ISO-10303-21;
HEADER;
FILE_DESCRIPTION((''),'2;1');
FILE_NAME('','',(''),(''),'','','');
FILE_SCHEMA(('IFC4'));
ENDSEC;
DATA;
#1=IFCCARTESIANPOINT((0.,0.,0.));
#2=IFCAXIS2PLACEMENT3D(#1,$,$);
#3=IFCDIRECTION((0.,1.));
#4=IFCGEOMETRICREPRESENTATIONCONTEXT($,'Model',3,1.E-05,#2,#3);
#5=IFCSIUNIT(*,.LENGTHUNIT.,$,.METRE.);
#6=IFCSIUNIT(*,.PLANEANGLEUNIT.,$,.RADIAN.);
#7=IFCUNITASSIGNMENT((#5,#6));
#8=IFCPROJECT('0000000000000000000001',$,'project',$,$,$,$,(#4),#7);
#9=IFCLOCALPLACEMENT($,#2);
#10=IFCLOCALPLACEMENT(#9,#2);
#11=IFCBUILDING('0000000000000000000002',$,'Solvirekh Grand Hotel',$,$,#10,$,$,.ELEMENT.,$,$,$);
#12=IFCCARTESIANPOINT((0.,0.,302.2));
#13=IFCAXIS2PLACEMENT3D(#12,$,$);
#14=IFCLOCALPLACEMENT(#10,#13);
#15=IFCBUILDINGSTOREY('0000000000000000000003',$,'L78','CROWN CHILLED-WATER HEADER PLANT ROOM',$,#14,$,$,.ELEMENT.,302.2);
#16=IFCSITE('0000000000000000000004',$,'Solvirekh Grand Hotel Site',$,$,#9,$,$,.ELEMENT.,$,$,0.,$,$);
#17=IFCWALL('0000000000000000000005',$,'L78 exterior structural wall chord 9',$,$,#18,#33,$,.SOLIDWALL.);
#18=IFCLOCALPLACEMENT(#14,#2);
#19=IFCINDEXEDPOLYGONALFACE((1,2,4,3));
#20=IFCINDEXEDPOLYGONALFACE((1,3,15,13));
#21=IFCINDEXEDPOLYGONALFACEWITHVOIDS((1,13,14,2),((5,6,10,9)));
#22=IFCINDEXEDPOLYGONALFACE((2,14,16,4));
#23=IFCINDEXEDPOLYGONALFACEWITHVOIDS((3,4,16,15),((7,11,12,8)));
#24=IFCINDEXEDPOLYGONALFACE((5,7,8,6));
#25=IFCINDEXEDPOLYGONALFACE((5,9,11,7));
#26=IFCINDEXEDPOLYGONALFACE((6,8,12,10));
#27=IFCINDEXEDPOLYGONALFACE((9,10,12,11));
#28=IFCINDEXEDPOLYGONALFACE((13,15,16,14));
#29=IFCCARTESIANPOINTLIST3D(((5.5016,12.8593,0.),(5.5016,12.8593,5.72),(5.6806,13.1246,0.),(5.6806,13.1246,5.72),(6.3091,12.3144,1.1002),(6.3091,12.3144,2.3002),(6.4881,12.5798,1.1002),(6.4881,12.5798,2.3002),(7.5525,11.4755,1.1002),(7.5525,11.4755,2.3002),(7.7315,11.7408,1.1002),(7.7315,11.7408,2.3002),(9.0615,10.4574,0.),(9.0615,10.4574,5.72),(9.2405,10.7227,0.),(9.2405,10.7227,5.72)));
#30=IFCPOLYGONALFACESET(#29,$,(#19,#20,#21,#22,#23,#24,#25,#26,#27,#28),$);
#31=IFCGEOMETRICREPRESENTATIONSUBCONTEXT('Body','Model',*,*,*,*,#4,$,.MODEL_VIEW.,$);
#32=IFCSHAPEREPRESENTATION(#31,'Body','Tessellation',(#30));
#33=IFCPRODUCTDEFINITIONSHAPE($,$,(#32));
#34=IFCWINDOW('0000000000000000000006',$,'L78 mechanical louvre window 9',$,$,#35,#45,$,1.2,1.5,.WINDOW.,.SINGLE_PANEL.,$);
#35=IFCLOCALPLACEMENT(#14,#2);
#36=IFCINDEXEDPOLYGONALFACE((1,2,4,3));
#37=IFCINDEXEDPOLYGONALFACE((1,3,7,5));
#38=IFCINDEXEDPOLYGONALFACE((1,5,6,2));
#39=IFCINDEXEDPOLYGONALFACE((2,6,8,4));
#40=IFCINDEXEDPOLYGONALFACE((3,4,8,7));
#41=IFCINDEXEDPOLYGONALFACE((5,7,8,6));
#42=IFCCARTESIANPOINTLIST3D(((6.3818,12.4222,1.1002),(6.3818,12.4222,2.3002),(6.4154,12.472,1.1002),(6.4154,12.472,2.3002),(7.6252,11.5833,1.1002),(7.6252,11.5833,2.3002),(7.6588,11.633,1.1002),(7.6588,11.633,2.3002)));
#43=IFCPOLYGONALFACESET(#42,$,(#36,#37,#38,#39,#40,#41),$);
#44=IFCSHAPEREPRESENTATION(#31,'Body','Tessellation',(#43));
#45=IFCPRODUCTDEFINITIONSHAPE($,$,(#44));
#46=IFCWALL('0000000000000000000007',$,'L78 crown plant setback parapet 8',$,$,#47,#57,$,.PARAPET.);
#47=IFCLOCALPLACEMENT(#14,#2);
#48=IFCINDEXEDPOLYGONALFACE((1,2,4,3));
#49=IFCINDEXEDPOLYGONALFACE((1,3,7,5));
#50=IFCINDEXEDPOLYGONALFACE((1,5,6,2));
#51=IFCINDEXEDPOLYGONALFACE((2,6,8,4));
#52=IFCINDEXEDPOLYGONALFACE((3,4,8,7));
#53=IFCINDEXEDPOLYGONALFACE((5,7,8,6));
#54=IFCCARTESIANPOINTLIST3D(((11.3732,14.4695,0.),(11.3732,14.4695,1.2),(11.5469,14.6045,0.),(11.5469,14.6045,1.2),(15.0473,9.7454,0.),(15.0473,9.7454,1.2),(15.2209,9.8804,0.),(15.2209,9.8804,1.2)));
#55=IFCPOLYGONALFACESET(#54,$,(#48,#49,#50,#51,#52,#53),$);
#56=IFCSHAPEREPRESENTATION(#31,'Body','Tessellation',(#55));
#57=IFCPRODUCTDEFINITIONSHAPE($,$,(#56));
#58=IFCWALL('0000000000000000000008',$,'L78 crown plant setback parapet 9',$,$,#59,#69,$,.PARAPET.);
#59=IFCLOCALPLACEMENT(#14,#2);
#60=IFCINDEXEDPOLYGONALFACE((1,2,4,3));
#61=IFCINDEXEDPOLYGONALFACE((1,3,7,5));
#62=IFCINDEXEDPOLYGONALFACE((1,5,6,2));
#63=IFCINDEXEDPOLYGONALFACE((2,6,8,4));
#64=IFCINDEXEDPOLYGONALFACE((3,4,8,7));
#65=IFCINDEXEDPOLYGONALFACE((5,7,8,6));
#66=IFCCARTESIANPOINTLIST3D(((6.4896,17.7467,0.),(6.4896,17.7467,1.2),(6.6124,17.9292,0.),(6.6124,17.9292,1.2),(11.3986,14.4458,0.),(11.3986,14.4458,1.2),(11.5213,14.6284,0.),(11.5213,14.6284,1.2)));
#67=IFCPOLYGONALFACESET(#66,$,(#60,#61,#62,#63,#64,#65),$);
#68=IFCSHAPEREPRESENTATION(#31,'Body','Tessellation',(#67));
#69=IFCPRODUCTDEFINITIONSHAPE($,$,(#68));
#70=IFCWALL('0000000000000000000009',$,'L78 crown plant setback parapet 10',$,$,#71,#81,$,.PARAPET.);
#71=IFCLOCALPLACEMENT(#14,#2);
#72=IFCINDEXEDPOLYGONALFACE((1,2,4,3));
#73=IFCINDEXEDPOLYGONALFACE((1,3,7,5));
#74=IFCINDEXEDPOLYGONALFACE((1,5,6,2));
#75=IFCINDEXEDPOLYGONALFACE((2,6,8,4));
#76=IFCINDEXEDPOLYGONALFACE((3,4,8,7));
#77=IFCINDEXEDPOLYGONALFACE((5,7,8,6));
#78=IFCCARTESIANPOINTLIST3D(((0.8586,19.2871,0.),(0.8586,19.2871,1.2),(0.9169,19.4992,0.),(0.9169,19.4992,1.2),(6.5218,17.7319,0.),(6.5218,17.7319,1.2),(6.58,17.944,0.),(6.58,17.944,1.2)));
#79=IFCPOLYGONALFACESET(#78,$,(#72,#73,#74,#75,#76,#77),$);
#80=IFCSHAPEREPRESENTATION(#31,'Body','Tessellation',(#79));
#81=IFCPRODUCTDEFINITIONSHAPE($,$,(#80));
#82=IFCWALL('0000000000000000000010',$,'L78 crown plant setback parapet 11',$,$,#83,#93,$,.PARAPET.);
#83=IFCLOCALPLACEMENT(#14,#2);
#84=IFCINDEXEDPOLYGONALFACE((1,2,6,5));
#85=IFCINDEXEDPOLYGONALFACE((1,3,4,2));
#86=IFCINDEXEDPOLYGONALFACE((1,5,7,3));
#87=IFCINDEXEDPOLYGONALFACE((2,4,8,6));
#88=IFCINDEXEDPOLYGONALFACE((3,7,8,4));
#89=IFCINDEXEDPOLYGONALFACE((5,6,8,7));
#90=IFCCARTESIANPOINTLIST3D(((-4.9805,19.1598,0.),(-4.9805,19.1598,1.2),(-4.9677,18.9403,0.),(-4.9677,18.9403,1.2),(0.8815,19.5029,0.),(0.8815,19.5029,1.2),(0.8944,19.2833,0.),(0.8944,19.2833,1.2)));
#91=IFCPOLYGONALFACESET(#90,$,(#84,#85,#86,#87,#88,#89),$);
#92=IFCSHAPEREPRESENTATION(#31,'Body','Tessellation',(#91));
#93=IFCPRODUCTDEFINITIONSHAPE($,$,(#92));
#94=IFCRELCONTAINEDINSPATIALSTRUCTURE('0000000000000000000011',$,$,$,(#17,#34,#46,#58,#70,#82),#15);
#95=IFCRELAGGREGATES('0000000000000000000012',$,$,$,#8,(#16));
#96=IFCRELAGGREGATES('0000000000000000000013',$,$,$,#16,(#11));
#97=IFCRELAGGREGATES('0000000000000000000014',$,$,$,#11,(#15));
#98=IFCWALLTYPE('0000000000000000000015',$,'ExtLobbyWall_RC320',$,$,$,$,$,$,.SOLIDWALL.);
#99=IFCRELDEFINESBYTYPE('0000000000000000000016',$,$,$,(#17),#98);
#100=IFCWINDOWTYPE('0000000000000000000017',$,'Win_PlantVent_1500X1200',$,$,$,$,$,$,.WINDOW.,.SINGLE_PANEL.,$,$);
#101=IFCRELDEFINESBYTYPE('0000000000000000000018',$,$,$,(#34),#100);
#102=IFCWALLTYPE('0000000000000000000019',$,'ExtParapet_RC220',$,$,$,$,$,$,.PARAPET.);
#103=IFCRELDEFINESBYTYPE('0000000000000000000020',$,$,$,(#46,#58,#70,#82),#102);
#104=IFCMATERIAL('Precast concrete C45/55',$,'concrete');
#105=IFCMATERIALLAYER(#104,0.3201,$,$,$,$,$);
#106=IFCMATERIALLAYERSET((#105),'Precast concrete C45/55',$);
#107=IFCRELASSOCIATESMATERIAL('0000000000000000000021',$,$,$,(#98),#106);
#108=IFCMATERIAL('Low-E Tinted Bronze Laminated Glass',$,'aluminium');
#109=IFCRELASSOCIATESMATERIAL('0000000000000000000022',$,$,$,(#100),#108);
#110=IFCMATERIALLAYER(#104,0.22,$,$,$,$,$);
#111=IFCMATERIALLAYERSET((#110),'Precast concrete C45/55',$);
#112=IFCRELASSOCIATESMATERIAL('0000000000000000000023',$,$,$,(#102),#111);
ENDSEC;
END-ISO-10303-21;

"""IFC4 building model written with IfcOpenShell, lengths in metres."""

from ifc_helpers import new_model, si_unit, direction, frame, frame_2d, origin, place, context, subcontext, project, spatial, rectangle, extrude, material, layer, layer_set, type_object, element, fill, save


model = new_model("IFC4")

# Units and contexts
model_context = context("Model", 3, precision=1e-05, world=origin(), true_north=direction((0.0, 1.0)))
body_context = subcontext(model_context, "Body", "Model", "MODEL_VIEW")
ifc_project = project(units=[si_unit("LENGTHUNIT", "METRE"), si_unit("PLANEANGLEUNIT", "RADIAN")], contexts=[model_context])

# Site, building, storey
site_placement = place(None, origin())
site = spatial("IfcSite", under=ifc_project, at=site_placement, Name="Solvirekh Grand Hotel Site", CompositionType="ELEMENT", RefElevation=0.0)
building_placement = place(site_placement, origin())
building = spatial("IfcBuilding", under=site, at=building_placement, Name="Solvirekh Grand Hotel", CompositionType="ELEMENT")
storey_placement = place(building_placement, frame((0.0, 0.0, 302.2)))
storey = spatial("IfcBuildingStorey", under=building, at=storey_placement, Name="L78", Description="CROWN CHILLED-WATER HEADER PLANT ROOM", CompositionType="ELEMENT", Elevation=302.2)

# Wall, opening, window
ifc_material_1 = material(Name="Precast concrete C45/55", Category="concrete")
ifc_layer_1 = layer(ifc_material_1, 0.3201)
ifc_layer_set_1 = layer_set([ifc_layer_1], Name="Precast concrete C45/55")
wall_type_1 = type_object("IfcWallType", Name="ExtLobbyWall_RC320", PredefinedType="SOLIDWALL", material=ifc_layer_set_1)
wall_1_placement = place(storey_placement, frame((5.5911, 12.9919, 0.0), z_axis=(0.0, 0.0, 1.0), x_axis=(0.828959, -0.55931, 0.0)))
wall_1 = element("IfcWall", 1, at=wall_1_placement, inside=storey, type_object=wall_type_1, Name="L78 exterior structural wall chord 9", PredefinedType="SOLIDWALL", context=body_context, shape_type="SweptSolid", body=[
    extrude(rectangle(XDim=4.2944, YDim=0.3201, at=frame_2d((2.1472, 0.0))), origin(), (0.0, 0.0, 1.0), 5.72),
])
opening_placement = place(wall_1_placement, frame((0.9741, 0.0, 1.1001)))
opening = element("IfcOpeningElement", 2, at=opening_placement, cuts=wall_1, PredefinedType="OPENING", context=body_context, shape_type="SweptSolid", body=[
    extrude(rectangle(XDim=1.5, YDim=1.2, at=frame_2d((0.75, 0.6001))), frame((0.0, 0.1699, 0.0), z_axis=(0.0, -1.0, 0.0), x_axis=(1.0, 0.0, 0.0)), (0.0, 0.0, 1.0), 0.3401),
])
ifc_material_2 = material(Name="Low-E Tinted Bronze Laminated Glass", Category="aluminium")
window_type = type_object("IfcWindowType", Name="Win_PlantVent_1500X1200", PartitioningType="SINGLE_PANEL", PredefinedType="WINDOW", material=ifc_material_2)
window_placement = place(opening_placement, origin())
window = element("IfcWindow", 3, at=window_placement, inside=storey, type_object=window_type, Name="L78 mechanical louvre window 9", OverallHeight=1.2, OverallWidth=1.5, PartitioningType="SINGLE_PANEL", PredefinedType="WINDOW", context=body_context, shape_type="SweptSolid", body=[
    extrude(rectangle(XDim=1.5, YDim=1.2, at=frame_2d((0.75, 0.6001))), frame((0.0, 0.03, 0.0), z_axis=(0.0, -1.0, 0.0), x_axis=(1.0, 0.0, 0.0)), (0.0, 0.0, 1.0), 0.0601),
])
fill(opening, window)

# Walls
ifc_layer_2 = layer(ifc_material_1, 0.22)
ifc_layer_set_2 = layer_set([ifc_layer_2], Name="Precast concrete C45/55")
wall_type_2 = type_object("IfcWallType", Name="ExtParapet_RC220", PredefinedType="PARAPET", material=ifc_layer_set_2)
wall_2_placement = place(storey_placement, frame((15.134, 9.813, 0.0), z_axis=(0.0, 0.0, 1.0), x_axis=(-0.613915, 0.789372, 0.0)))
element("IfcWall", 4, at=wall_2_placement, inside=storey, type_object=wall_type_2, Name="L78 crown plant setback parapet 8", PredefinedType="PARAPET", context=body_context, shape_type="SweptSolid", body=[
    extrude(rectangle(XDim=5.9846, YDim=0.22, at=frame_2d((2.9922, 0.0))), origin(), (0.0, 0.0, 1.0), 1.2),
])
wall_3_placement = place(storey_placement, frame((11.46, 14.5371, 0.0), z_axis=(0.0, 0.0, 1.0), x_axis=(-0.829847, 0.557991, 0.0)))
element("IfcWall", 5, at=wall_3_placement, inside=storey, type_object=wall_type_2, Name="L78 crown plant setback parapet 9", PredefinedType="PARAPET", context=body_context, shape_type="SweptSolid", body=[
    extrude(rectangle(XDim=5.9155, YDim=0.22, at=frame_2d((2.9578, 0.0))), origin(), (0.0, 0.0, 1.0), 1.2),
])
wall_4_placement = place(storey_placement, frame((6.551, 17.8379, 0.0), z_axis=(0.0, 0.0, 1.0), x_axis=(-0.9643, 0.264812, 0.0)))
element("IfcWall", 6, at=wall_4_placement, inside=storey, type_object=wall_type_2, Name="L78 crown plant setback parapet 10", PredefinedType="PARAPET", context=body_context, shape_type="SweptSolid", body=[
    extrude(rectangle(XDim=5.8728, YDim=0.22, at=frame_2d((2.9365, 0.0))), origin(), (0.0, 0.0, 1.0), 1.2),
])
wall_5_placement = place(storey_placement, frame((0.8879, 19.3931, 0.0), z_axis=(0.0, 0.0, 1.0), x_axis=(-0.998292, -0.058415, 0.0)))
element("IfcWall", 7, at=wall_5_placement, inside=storey, type_object=wall_type_2, Name="L78 crown plant setback parapet 11", PredefinedType="PARAPET", context=body_context, shape_type="SweptSolid", body=[
    extrude(rectangle(XDim=5.8721, YDim=0.22, at=frame_2d((2.936, 0.0))), origin(), (0.0, 0.0, 1.0), 1.2),
])

save(model, "model.ifc")
